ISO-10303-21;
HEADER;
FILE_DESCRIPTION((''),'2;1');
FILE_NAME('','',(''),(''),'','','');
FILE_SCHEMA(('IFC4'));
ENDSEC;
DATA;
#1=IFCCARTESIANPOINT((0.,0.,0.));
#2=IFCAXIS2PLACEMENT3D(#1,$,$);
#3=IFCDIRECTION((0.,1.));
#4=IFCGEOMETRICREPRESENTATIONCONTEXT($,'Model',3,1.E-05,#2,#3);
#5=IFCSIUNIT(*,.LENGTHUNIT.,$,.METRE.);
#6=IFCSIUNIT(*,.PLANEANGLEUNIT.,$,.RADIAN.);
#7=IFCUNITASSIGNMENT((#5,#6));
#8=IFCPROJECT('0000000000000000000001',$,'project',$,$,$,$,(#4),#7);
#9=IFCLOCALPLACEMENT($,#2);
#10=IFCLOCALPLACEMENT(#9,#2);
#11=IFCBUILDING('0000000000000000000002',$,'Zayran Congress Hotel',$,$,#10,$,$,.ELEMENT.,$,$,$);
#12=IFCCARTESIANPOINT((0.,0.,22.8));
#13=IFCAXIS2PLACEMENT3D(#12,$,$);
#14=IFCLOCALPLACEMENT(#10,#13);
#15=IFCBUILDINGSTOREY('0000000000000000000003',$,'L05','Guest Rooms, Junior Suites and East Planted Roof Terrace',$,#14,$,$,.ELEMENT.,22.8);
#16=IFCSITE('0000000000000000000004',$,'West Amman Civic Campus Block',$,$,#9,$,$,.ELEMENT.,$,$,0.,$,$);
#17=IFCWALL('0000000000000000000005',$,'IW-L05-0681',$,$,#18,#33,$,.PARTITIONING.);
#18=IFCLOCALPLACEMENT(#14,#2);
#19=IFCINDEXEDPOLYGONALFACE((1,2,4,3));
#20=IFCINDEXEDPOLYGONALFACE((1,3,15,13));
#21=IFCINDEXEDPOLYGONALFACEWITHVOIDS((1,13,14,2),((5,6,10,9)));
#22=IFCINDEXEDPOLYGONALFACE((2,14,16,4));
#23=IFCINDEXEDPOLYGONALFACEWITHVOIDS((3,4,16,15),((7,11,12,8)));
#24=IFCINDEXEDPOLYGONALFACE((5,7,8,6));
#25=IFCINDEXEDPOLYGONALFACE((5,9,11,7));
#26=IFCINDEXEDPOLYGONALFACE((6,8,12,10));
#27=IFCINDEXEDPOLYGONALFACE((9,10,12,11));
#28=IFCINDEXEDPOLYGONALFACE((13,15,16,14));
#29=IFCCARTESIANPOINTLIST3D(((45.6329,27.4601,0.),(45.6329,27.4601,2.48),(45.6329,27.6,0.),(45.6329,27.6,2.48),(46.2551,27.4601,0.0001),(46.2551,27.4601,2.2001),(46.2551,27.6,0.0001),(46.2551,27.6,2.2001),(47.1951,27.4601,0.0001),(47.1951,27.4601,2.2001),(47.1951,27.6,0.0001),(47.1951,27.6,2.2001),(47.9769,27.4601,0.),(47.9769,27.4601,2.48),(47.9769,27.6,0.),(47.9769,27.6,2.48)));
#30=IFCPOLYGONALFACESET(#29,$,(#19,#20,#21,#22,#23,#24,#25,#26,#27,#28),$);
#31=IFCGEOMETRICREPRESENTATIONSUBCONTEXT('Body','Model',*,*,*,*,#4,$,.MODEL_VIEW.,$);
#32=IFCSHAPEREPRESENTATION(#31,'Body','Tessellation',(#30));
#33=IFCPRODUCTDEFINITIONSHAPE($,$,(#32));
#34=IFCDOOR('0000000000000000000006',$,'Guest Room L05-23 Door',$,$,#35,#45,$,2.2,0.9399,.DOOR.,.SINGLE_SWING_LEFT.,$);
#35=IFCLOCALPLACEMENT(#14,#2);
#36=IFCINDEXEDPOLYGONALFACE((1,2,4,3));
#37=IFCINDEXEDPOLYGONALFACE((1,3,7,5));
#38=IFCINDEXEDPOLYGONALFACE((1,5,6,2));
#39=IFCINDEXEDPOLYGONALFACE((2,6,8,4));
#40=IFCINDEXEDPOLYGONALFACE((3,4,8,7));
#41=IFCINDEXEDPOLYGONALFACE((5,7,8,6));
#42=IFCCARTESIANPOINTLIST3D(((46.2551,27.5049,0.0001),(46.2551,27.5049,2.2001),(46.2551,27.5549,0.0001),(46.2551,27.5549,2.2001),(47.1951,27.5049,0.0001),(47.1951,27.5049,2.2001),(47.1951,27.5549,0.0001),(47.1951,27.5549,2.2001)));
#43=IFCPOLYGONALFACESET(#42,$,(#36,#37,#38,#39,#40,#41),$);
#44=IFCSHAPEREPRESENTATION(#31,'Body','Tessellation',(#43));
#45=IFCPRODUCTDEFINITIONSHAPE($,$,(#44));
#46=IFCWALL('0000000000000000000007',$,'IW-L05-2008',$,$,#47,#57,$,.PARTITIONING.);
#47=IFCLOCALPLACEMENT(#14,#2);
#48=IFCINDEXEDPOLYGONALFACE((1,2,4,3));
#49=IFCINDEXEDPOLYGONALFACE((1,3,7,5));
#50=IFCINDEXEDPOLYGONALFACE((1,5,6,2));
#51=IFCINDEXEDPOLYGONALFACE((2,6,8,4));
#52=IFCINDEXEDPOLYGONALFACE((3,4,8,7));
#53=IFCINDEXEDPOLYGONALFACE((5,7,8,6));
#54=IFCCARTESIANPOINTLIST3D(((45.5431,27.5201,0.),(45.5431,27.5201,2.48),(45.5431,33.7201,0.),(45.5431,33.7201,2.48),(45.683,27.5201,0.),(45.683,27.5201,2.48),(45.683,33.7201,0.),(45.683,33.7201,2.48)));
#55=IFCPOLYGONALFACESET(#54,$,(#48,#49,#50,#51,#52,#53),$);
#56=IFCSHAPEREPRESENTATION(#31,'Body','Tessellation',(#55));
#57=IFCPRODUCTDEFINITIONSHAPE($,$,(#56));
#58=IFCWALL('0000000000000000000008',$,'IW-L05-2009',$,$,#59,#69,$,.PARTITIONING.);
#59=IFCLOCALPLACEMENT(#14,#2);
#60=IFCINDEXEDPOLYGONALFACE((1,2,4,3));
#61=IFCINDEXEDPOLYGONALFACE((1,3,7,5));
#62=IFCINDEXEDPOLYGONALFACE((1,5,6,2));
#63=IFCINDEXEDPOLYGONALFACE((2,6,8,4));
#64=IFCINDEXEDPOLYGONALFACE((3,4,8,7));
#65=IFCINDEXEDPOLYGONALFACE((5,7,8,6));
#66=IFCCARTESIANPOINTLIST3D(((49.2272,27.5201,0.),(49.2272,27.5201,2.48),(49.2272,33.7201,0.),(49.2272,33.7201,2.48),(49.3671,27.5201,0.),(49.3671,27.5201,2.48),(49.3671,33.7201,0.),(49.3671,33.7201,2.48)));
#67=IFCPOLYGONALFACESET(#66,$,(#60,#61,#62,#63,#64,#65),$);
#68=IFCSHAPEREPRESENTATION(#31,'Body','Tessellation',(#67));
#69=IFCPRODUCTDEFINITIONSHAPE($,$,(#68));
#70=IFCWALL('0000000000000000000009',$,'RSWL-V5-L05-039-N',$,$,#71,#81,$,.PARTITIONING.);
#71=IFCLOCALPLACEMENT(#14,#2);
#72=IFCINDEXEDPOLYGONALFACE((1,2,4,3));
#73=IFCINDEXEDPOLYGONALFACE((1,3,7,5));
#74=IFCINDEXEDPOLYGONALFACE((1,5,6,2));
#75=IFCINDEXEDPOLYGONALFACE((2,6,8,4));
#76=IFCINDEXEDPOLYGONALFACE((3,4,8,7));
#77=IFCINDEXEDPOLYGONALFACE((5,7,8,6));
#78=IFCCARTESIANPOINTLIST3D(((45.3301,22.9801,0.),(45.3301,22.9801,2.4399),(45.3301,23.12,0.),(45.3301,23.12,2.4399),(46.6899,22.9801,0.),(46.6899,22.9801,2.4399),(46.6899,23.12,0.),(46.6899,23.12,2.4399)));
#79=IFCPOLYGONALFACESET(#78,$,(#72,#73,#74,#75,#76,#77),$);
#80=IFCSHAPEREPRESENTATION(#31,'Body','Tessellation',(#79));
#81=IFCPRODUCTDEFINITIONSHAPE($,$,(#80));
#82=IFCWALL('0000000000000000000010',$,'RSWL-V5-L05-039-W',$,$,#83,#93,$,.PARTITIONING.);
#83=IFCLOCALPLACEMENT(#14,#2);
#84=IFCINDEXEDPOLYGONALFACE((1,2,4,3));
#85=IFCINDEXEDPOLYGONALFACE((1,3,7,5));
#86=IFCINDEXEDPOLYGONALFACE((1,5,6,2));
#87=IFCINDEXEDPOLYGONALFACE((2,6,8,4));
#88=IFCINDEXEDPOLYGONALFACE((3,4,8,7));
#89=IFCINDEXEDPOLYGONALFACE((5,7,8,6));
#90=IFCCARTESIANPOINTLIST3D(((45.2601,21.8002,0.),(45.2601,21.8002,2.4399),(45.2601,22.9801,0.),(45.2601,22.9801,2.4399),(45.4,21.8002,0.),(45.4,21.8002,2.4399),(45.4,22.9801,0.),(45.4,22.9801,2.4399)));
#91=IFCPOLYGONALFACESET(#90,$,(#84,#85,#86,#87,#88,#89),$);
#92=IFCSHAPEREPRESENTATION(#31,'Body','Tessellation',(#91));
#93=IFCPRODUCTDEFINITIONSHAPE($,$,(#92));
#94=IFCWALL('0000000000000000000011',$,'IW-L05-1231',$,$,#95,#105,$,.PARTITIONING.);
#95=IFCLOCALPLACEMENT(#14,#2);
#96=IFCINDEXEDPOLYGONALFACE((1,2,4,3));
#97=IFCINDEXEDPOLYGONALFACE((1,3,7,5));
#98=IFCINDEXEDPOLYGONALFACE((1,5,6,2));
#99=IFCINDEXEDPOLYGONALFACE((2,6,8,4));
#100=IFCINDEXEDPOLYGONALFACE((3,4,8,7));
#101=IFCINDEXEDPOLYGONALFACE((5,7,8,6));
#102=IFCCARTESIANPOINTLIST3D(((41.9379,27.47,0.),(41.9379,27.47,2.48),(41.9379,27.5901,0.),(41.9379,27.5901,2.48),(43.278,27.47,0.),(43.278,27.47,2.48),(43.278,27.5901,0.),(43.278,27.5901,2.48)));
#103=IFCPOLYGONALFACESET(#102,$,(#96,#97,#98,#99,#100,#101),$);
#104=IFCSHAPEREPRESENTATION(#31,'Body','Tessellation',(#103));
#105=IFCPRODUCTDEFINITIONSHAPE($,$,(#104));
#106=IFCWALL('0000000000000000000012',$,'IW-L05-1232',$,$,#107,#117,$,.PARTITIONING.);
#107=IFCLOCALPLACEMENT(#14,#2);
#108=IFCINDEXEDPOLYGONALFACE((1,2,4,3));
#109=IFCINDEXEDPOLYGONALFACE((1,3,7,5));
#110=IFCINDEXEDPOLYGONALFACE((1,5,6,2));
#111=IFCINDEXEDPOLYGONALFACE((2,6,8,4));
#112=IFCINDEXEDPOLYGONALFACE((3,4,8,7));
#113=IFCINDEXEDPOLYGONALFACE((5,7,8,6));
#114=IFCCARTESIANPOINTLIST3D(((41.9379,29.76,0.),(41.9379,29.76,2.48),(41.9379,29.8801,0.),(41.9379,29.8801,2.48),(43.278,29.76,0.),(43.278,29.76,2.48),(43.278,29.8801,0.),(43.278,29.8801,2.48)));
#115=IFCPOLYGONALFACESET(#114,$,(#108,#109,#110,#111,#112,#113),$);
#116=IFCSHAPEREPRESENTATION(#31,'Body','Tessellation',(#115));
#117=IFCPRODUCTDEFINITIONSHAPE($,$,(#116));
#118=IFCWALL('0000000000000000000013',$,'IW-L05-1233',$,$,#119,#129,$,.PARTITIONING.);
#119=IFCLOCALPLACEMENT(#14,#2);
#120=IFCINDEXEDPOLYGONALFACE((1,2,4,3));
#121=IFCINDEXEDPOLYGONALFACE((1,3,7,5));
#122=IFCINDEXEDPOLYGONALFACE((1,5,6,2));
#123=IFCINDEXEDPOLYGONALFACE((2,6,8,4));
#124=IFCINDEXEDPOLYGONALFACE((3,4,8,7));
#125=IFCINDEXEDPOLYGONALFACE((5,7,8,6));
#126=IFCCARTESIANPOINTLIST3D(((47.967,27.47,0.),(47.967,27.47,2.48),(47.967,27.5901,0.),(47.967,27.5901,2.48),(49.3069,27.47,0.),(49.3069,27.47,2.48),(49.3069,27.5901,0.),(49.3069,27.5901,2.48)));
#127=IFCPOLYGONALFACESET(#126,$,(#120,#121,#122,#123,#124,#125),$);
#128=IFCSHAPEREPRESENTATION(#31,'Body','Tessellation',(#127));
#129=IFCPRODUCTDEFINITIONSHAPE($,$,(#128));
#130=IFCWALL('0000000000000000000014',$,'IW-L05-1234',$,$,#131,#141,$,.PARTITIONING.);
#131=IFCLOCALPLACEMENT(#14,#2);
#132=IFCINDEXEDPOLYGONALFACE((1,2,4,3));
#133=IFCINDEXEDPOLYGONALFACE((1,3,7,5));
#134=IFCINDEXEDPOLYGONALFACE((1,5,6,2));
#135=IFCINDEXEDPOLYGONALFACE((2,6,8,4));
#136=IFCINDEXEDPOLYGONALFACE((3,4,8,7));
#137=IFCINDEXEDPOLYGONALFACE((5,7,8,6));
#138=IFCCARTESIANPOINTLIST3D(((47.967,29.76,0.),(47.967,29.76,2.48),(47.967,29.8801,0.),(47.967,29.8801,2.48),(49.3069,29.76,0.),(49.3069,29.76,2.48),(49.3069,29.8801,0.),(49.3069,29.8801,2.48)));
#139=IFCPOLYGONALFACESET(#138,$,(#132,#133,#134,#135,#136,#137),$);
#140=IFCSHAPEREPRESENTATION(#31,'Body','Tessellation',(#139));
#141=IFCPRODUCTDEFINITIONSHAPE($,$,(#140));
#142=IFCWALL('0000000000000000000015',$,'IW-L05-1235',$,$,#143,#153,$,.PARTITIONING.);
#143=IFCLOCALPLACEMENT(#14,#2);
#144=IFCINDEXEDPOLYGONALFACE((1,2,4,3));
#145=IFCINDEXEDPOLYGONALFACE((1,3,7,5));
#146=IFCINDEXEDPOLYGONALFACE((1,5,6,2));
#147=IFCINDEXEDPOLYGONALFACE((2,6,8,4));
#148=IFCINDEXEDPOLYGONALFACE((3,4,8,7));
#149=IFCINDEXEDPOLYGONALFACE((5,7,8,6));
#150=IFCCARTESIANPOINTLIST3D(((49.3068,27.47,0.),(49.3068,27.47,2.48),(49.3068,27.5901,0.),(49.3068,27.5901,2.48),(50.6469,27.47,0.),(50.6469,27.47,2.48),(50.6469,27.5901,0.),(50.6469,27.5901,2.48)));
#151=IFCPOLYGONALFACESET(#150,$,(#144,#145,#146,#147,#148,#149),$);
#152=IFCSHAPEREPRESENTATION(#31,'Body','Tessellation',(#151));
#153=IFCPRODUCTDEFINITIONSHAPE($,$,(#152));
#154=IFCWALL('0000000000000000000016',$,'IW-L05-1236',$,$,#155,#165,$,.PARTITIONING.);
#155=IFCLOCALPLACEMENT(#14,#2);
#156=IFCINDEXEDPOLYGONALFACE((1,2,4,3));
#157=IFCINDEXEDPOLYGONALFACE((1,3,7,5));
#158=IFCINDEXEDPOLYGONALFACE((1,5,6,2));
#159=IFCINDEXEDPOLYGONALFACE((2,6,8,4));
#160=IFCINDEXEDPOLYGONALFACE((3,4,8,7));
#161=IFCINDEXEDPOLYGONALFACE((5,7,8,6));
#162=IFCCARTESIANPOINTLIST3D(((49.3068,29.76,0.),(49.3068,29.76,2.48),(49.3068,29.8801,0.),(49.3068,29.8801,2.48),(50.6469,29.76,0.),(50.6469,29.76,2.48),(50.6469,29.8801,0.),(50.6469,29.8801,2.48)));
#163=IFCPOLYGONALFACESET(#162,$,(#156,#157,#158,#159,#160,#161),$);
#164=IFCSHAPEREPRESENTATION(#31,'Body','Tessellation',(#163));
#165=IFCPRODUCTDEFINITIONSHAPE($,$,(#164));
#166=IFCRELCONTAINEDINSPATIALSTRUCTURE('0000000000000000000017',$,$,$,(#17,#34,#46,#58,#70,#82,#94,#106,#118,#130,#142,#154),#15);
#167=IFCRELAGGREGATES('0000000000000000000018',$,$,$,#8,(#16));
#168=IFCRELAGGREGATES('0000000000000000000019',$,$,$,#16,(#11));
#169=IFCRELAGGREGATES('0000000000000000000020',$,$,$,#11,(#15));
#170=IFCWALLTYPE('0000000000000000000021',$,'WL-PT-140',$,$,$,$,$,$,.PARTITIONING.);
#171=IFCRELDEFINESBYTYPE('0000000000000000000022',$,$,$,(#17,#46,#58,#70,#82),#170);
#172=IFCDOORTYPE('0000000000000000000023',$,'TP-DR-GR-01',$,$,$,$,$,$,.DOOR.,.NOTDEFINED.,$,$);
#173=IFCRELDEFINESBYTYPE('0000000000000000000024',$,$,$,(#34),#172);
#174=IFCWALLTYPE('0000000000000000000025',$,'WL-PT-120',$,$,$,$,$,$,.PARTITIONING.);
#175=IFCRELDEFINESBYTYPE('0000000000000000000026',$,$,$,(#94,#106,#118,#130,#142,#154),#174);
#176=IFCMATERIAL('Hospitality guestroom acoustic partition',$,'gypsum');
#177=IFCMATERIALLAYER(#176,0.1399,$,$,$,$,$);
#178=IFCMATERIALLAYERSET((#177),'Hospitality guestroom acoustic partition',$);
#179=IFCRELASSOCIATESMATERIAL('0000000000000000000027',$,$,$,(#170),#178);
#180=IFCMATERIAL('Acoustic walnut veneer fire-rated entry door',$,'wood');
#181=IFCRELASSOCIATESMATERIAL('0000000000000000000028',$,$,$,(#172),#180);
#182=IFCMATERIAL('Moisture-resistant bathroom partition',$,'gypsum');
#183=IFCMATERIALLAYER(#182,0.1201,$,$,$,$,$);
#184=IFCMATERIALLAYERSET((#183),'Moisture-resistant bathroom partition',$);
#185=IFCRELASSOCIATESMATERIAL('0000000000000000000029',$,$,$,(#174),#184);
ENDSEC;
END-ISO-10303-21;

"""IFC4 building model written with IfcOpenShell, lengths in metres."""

from ifc_helpers import new_model, si_unit, direction, frame, frame_2d, origin, place, context, subcontext, project, spatial, rectangle, extrude, material, layer, layer_set, type_object, element, fill, save


model = new_model("IFC4")

# Units and contexts
model_context = context("Model", 3, precision=1e-05, world=origin(), true_north=direction((0.0, 1.0)))
body_context = subcontext(model_context, "Body", "Model", "MODEL_VIEW")
ifc_project = project(units=[si_unit("LENGTHUNIT", "METRE"), si_unit("PLANEANGLEUNIT", "RADIAN")], contexts=[model_context])

# Site, building, storey
site_placement = place(None, origin())
site = spatial("IfcSite", under=ifc_project, at=site_placement, Name="West Amman Civic Campus Block", CompositionType="ELEMENT", RefElevation=0.0)
building_placement = place(site_placement, origin())
building = spatial("IfcBuilding", under=site, at=building_placement, Name="Zayran Congress Hotel", CompositionType="ELEMENT")
storey_placement = place(building_placement, frame((0.0, 0.0, 22.8)))
storey = spatial("IfcBuildingStorey", under=building, at=storey_placement, Name="L05", Description="Guest Rooms, Junior Suites and East Planted Roof Terrace", CompositionType="ELEMENT", Elevation=22.8)

# Wall, opening, door
ifc_material_1 = material(Name="Hospitality guestroom acoustic partition", Category="gypsum")
ifc_layer_1 = layer(ifc_material_1, 0.1399)
ifc_layer_set_1 = layer_set([ifc_layer_1], Name="Hospitality guestroom acoustic partition")
wall_type_1 = type_object("IfcWallType", Name="WL-PT-140", PredefinedType="PARTITIONING", material=ifc_layer_set_1)
ifc_material_2 = material(Name="Acoustic walnut veneer fire-rated entry door", Category="wood")
door_type_1 = type_object("IfcDoorType", Name="TP-DR-GR-01", OperationType="NOTDEFINED", PredefinedType="DOOR", material=ifc_material_2)
wall_1_placement = place(storey_placement, frame((45.6331, 27.53, 0.0), z_axis=(0.0, 0.0, 1.0), x_axis=(1.0, 0.0, 0.0)))
wall_1 = element("IfcWall", 1, at=wall_1_placement, inside=storey, type_object=wall_type_1, Name="IW-L05-0681", PredefinedType="PARTITIONING", context=body_context, shape_type="SweptSolid", body=[
    extrude(rectangle(XDim=2.344, YDim=0.1399, at=frame_2d((1.1719, 0.0))), origin(), (0.0, 0.0, 1.0), 2.48),
])
opening_1_placement = place(wall_1_placement, frame((0.6221, 0.0, 0.0)))
opening_1 = element("IfcOpeningElement", 2, at=opening_1_placement, cuts=wall_1, PredefinedType="OPENING", context=body_context, shape_type="SweptSolid", body=[
    extrude(rectangle(XDim=0.9399, YDim=2.2, at=frame_2d((0.47, 1.1001))), frame((0.0, 0.0798, 0.0), z_axis=(0.0, -1.0, 0.0), x_axis=(1.0, 0.0, 0.0)), (0.0, 0.0, 1.0), 0.1599),
])
door_1_placement = place(opening_1_placement, origin())
door_1 = element("IfcDoor", 3, at=door_1_placement, inside=storey, type_object=door_type_1, Name="Guest Room L05-23 Door", OperationType="SINGLE_SWING_LEFT", OverallHeight=2.2, OverallWidth=0.9399, PredefinedType="DOOR", context=body_context, shape_type="SweptSolid", body=[
    extrude(rectangle(XDim=0.9399, YDim=2.2, at=frame_2d((0.47, 1.1001))), frame((0.0, 0.0249, 0.0), z_axis=(0.0, -1.0, 0.0), x_axis=(1.0, 0.0, 0.0)), (0.0, 0.0, 1.0), 0.05),
])
fill(opening_1, door_1)

# Walls
for number, where, z_axis, x_axis, name in (
    (4, (45.613, 27.52, 0.0), (0.0, 0.0, 1.0), (0.0, 1.0, 0.0), "IW-L05-2008"),
    (5, (49.2971, 27.52, 0.0), (0.0, 0.0, 1.0), (0.0, 1.0, 0.0), "IW-L05-2009"),
):
    element("IfcWall", number, at=place(storey_placement, frame(where, z_axis=z_axis, x_axis=x_axis)), inside=storey, type_object=wall_type_1, Name=name, PredefinedType="PARTITIONING", context=body_context, shape_type="SweptSolid", body=[
        extrude(rectangle(XDim=6.2, YDim=0.1399, at=frame_2d((3.1001, 0.0))), origin(), (0.0, 0.0, 1.0), 2.48),
    ])
wall_2_placement = place(storey_placement, frame((46.6899, 23.05, 0.0), z_axis=(0.0, 0.0, 1.0), x_axis=(-1.0, 0.0, 0.0)))
element("IfcWall", 6, at=wall_2_placement, inside=storey, type_object=wall_type_1, Name="RSWL-V5-L05-039-N", PredefinedType="PARTITIONING", context=body_context, shape_type="SweptSolid", body=[
    extrude(rectangle(XDim=1.3599, YDim=0.1399, at=frame_2d((0.6799, 0.0))), origin(), (0.0, 0.0, 1.0), 2.4399),
])
wall_3_placement = place(storey_placement, frame((45.3301, 22.98, 0.0), z_axis=(0.0, 0.0, 1.0), x_axis=(0.0, -1.0, 0.0)))
element("IfcWall", 7, at=wall_3_placement, inside=storey, type_object=wall_type_1, Name="RSWL-V5-L05-039-W", PredefinedType="PARTITIONING", context=body_context, shape_type="SweptSolid", body=[
    extrude(rectangle(XDim=1.1799, YDim=0.1399, at=frame_2d((0.5898, 0.0))), origin(), (0.0, 0.0, 1.0), 2.4399),
])

# Shared definitions
ifc_material_3 = material(Name="Moisture-resistant bathroom partition", Category="gypsum")
ifc_layer_2 = layer(ifc_material_3, 0.1201)
ifc_layer_set_2 = layer_set([ifc_layer_2], Name="Moisture-resistant bathroom partition")
wall_type_2 = type_object("IfcWallType", Name="WL-PT-120", PredefinedType="PARTITIONING", material=ifc_layer_set_2)

# Walls
for number, where, z_axis, x_axis, name in (
    (8, (41.938, 27.53, 0.0), (0.0, 0.0, 1.0), (1.0, 0.0, 0.0), "IW-L05-1231"),
    (9, (41.938, 29.8201, 0.0), (0.0, 0.0, 1.0), (1.0, 0.0, 0.0), "IW-L05-1232"),
):
    element("IfcWall", number, at=place(storey_placement, frame(where, z_axis=z_axis, x_axis=x_axis)), inside=storey, type_object=wall_type_2, Name=name, PredefinedType="PARTITIONING", context=body_context, shape_type="SweptSolid", body=[
        extrude(rectangle(XDim=1.3401, YDim=0.1201, at=frame_2d((0.6699, 0.0))), origin(), (0.0, 0.0, 1.0), 2.48),
    ])
for number, where, z_axis, x_axis, name in (
    (10, (47.967, 27.53, 0.0), (0.0, 0.0, 1.0), (1.0, 0.0, 0.0), "IW-L05-1233"),
    (11, (47.967, 29.8201, 0.0), (0.0, 0.0, 1.0), (1.0, 0.0, 0.0), "IW-L05-1234"),
):
    element("IfcWall", number, at=place(storey_placement, frame(where, z_axis=z_axis, x_axis=x_axis)), inside=storey, type_object=wall_type_2, Name=name, PredefinedType="PARTITIONING", context=body_context, shape_type="SweptSolid", body=[
        extrude(rectangle(XDim=1.3398, YDim=0.1201, at=frame_2d((0.6699, 0.0))), origin(), (0.0, 0.0, 1.0), 2.48),
    ])
for number, where, z_axis, x_axis, name in (
    (12, (49.3069, 27.53, 0.0), (0.0, 0.0, 1.0), (1.0, 0.0, 0.0), "IW-L05-1235"),
    (13, (49.3069, 29.8201, 0.0), (0.0, 0.0, 1.0), (1.0, 0.0, 0.0), "IW-L05-1236"),
):
    element("IfcWall", number, at=place(storey_placement, frame(where, z_axis=z_axis, x_axis=x_axis)), inside=storey, type_object=wall_type_2, Name=name, PredefinedType="PARTITIONING", context=body_context, shape_type="SweptSolid", body=[
        extrude(rectangle(XDim=1.3401, YDim=0.1201, at=frame_2d((0.6699, 0.0))), origin(), (0.0, 0.0, 1.0), 2.48),
    ])

save(model, "model.ifc")
